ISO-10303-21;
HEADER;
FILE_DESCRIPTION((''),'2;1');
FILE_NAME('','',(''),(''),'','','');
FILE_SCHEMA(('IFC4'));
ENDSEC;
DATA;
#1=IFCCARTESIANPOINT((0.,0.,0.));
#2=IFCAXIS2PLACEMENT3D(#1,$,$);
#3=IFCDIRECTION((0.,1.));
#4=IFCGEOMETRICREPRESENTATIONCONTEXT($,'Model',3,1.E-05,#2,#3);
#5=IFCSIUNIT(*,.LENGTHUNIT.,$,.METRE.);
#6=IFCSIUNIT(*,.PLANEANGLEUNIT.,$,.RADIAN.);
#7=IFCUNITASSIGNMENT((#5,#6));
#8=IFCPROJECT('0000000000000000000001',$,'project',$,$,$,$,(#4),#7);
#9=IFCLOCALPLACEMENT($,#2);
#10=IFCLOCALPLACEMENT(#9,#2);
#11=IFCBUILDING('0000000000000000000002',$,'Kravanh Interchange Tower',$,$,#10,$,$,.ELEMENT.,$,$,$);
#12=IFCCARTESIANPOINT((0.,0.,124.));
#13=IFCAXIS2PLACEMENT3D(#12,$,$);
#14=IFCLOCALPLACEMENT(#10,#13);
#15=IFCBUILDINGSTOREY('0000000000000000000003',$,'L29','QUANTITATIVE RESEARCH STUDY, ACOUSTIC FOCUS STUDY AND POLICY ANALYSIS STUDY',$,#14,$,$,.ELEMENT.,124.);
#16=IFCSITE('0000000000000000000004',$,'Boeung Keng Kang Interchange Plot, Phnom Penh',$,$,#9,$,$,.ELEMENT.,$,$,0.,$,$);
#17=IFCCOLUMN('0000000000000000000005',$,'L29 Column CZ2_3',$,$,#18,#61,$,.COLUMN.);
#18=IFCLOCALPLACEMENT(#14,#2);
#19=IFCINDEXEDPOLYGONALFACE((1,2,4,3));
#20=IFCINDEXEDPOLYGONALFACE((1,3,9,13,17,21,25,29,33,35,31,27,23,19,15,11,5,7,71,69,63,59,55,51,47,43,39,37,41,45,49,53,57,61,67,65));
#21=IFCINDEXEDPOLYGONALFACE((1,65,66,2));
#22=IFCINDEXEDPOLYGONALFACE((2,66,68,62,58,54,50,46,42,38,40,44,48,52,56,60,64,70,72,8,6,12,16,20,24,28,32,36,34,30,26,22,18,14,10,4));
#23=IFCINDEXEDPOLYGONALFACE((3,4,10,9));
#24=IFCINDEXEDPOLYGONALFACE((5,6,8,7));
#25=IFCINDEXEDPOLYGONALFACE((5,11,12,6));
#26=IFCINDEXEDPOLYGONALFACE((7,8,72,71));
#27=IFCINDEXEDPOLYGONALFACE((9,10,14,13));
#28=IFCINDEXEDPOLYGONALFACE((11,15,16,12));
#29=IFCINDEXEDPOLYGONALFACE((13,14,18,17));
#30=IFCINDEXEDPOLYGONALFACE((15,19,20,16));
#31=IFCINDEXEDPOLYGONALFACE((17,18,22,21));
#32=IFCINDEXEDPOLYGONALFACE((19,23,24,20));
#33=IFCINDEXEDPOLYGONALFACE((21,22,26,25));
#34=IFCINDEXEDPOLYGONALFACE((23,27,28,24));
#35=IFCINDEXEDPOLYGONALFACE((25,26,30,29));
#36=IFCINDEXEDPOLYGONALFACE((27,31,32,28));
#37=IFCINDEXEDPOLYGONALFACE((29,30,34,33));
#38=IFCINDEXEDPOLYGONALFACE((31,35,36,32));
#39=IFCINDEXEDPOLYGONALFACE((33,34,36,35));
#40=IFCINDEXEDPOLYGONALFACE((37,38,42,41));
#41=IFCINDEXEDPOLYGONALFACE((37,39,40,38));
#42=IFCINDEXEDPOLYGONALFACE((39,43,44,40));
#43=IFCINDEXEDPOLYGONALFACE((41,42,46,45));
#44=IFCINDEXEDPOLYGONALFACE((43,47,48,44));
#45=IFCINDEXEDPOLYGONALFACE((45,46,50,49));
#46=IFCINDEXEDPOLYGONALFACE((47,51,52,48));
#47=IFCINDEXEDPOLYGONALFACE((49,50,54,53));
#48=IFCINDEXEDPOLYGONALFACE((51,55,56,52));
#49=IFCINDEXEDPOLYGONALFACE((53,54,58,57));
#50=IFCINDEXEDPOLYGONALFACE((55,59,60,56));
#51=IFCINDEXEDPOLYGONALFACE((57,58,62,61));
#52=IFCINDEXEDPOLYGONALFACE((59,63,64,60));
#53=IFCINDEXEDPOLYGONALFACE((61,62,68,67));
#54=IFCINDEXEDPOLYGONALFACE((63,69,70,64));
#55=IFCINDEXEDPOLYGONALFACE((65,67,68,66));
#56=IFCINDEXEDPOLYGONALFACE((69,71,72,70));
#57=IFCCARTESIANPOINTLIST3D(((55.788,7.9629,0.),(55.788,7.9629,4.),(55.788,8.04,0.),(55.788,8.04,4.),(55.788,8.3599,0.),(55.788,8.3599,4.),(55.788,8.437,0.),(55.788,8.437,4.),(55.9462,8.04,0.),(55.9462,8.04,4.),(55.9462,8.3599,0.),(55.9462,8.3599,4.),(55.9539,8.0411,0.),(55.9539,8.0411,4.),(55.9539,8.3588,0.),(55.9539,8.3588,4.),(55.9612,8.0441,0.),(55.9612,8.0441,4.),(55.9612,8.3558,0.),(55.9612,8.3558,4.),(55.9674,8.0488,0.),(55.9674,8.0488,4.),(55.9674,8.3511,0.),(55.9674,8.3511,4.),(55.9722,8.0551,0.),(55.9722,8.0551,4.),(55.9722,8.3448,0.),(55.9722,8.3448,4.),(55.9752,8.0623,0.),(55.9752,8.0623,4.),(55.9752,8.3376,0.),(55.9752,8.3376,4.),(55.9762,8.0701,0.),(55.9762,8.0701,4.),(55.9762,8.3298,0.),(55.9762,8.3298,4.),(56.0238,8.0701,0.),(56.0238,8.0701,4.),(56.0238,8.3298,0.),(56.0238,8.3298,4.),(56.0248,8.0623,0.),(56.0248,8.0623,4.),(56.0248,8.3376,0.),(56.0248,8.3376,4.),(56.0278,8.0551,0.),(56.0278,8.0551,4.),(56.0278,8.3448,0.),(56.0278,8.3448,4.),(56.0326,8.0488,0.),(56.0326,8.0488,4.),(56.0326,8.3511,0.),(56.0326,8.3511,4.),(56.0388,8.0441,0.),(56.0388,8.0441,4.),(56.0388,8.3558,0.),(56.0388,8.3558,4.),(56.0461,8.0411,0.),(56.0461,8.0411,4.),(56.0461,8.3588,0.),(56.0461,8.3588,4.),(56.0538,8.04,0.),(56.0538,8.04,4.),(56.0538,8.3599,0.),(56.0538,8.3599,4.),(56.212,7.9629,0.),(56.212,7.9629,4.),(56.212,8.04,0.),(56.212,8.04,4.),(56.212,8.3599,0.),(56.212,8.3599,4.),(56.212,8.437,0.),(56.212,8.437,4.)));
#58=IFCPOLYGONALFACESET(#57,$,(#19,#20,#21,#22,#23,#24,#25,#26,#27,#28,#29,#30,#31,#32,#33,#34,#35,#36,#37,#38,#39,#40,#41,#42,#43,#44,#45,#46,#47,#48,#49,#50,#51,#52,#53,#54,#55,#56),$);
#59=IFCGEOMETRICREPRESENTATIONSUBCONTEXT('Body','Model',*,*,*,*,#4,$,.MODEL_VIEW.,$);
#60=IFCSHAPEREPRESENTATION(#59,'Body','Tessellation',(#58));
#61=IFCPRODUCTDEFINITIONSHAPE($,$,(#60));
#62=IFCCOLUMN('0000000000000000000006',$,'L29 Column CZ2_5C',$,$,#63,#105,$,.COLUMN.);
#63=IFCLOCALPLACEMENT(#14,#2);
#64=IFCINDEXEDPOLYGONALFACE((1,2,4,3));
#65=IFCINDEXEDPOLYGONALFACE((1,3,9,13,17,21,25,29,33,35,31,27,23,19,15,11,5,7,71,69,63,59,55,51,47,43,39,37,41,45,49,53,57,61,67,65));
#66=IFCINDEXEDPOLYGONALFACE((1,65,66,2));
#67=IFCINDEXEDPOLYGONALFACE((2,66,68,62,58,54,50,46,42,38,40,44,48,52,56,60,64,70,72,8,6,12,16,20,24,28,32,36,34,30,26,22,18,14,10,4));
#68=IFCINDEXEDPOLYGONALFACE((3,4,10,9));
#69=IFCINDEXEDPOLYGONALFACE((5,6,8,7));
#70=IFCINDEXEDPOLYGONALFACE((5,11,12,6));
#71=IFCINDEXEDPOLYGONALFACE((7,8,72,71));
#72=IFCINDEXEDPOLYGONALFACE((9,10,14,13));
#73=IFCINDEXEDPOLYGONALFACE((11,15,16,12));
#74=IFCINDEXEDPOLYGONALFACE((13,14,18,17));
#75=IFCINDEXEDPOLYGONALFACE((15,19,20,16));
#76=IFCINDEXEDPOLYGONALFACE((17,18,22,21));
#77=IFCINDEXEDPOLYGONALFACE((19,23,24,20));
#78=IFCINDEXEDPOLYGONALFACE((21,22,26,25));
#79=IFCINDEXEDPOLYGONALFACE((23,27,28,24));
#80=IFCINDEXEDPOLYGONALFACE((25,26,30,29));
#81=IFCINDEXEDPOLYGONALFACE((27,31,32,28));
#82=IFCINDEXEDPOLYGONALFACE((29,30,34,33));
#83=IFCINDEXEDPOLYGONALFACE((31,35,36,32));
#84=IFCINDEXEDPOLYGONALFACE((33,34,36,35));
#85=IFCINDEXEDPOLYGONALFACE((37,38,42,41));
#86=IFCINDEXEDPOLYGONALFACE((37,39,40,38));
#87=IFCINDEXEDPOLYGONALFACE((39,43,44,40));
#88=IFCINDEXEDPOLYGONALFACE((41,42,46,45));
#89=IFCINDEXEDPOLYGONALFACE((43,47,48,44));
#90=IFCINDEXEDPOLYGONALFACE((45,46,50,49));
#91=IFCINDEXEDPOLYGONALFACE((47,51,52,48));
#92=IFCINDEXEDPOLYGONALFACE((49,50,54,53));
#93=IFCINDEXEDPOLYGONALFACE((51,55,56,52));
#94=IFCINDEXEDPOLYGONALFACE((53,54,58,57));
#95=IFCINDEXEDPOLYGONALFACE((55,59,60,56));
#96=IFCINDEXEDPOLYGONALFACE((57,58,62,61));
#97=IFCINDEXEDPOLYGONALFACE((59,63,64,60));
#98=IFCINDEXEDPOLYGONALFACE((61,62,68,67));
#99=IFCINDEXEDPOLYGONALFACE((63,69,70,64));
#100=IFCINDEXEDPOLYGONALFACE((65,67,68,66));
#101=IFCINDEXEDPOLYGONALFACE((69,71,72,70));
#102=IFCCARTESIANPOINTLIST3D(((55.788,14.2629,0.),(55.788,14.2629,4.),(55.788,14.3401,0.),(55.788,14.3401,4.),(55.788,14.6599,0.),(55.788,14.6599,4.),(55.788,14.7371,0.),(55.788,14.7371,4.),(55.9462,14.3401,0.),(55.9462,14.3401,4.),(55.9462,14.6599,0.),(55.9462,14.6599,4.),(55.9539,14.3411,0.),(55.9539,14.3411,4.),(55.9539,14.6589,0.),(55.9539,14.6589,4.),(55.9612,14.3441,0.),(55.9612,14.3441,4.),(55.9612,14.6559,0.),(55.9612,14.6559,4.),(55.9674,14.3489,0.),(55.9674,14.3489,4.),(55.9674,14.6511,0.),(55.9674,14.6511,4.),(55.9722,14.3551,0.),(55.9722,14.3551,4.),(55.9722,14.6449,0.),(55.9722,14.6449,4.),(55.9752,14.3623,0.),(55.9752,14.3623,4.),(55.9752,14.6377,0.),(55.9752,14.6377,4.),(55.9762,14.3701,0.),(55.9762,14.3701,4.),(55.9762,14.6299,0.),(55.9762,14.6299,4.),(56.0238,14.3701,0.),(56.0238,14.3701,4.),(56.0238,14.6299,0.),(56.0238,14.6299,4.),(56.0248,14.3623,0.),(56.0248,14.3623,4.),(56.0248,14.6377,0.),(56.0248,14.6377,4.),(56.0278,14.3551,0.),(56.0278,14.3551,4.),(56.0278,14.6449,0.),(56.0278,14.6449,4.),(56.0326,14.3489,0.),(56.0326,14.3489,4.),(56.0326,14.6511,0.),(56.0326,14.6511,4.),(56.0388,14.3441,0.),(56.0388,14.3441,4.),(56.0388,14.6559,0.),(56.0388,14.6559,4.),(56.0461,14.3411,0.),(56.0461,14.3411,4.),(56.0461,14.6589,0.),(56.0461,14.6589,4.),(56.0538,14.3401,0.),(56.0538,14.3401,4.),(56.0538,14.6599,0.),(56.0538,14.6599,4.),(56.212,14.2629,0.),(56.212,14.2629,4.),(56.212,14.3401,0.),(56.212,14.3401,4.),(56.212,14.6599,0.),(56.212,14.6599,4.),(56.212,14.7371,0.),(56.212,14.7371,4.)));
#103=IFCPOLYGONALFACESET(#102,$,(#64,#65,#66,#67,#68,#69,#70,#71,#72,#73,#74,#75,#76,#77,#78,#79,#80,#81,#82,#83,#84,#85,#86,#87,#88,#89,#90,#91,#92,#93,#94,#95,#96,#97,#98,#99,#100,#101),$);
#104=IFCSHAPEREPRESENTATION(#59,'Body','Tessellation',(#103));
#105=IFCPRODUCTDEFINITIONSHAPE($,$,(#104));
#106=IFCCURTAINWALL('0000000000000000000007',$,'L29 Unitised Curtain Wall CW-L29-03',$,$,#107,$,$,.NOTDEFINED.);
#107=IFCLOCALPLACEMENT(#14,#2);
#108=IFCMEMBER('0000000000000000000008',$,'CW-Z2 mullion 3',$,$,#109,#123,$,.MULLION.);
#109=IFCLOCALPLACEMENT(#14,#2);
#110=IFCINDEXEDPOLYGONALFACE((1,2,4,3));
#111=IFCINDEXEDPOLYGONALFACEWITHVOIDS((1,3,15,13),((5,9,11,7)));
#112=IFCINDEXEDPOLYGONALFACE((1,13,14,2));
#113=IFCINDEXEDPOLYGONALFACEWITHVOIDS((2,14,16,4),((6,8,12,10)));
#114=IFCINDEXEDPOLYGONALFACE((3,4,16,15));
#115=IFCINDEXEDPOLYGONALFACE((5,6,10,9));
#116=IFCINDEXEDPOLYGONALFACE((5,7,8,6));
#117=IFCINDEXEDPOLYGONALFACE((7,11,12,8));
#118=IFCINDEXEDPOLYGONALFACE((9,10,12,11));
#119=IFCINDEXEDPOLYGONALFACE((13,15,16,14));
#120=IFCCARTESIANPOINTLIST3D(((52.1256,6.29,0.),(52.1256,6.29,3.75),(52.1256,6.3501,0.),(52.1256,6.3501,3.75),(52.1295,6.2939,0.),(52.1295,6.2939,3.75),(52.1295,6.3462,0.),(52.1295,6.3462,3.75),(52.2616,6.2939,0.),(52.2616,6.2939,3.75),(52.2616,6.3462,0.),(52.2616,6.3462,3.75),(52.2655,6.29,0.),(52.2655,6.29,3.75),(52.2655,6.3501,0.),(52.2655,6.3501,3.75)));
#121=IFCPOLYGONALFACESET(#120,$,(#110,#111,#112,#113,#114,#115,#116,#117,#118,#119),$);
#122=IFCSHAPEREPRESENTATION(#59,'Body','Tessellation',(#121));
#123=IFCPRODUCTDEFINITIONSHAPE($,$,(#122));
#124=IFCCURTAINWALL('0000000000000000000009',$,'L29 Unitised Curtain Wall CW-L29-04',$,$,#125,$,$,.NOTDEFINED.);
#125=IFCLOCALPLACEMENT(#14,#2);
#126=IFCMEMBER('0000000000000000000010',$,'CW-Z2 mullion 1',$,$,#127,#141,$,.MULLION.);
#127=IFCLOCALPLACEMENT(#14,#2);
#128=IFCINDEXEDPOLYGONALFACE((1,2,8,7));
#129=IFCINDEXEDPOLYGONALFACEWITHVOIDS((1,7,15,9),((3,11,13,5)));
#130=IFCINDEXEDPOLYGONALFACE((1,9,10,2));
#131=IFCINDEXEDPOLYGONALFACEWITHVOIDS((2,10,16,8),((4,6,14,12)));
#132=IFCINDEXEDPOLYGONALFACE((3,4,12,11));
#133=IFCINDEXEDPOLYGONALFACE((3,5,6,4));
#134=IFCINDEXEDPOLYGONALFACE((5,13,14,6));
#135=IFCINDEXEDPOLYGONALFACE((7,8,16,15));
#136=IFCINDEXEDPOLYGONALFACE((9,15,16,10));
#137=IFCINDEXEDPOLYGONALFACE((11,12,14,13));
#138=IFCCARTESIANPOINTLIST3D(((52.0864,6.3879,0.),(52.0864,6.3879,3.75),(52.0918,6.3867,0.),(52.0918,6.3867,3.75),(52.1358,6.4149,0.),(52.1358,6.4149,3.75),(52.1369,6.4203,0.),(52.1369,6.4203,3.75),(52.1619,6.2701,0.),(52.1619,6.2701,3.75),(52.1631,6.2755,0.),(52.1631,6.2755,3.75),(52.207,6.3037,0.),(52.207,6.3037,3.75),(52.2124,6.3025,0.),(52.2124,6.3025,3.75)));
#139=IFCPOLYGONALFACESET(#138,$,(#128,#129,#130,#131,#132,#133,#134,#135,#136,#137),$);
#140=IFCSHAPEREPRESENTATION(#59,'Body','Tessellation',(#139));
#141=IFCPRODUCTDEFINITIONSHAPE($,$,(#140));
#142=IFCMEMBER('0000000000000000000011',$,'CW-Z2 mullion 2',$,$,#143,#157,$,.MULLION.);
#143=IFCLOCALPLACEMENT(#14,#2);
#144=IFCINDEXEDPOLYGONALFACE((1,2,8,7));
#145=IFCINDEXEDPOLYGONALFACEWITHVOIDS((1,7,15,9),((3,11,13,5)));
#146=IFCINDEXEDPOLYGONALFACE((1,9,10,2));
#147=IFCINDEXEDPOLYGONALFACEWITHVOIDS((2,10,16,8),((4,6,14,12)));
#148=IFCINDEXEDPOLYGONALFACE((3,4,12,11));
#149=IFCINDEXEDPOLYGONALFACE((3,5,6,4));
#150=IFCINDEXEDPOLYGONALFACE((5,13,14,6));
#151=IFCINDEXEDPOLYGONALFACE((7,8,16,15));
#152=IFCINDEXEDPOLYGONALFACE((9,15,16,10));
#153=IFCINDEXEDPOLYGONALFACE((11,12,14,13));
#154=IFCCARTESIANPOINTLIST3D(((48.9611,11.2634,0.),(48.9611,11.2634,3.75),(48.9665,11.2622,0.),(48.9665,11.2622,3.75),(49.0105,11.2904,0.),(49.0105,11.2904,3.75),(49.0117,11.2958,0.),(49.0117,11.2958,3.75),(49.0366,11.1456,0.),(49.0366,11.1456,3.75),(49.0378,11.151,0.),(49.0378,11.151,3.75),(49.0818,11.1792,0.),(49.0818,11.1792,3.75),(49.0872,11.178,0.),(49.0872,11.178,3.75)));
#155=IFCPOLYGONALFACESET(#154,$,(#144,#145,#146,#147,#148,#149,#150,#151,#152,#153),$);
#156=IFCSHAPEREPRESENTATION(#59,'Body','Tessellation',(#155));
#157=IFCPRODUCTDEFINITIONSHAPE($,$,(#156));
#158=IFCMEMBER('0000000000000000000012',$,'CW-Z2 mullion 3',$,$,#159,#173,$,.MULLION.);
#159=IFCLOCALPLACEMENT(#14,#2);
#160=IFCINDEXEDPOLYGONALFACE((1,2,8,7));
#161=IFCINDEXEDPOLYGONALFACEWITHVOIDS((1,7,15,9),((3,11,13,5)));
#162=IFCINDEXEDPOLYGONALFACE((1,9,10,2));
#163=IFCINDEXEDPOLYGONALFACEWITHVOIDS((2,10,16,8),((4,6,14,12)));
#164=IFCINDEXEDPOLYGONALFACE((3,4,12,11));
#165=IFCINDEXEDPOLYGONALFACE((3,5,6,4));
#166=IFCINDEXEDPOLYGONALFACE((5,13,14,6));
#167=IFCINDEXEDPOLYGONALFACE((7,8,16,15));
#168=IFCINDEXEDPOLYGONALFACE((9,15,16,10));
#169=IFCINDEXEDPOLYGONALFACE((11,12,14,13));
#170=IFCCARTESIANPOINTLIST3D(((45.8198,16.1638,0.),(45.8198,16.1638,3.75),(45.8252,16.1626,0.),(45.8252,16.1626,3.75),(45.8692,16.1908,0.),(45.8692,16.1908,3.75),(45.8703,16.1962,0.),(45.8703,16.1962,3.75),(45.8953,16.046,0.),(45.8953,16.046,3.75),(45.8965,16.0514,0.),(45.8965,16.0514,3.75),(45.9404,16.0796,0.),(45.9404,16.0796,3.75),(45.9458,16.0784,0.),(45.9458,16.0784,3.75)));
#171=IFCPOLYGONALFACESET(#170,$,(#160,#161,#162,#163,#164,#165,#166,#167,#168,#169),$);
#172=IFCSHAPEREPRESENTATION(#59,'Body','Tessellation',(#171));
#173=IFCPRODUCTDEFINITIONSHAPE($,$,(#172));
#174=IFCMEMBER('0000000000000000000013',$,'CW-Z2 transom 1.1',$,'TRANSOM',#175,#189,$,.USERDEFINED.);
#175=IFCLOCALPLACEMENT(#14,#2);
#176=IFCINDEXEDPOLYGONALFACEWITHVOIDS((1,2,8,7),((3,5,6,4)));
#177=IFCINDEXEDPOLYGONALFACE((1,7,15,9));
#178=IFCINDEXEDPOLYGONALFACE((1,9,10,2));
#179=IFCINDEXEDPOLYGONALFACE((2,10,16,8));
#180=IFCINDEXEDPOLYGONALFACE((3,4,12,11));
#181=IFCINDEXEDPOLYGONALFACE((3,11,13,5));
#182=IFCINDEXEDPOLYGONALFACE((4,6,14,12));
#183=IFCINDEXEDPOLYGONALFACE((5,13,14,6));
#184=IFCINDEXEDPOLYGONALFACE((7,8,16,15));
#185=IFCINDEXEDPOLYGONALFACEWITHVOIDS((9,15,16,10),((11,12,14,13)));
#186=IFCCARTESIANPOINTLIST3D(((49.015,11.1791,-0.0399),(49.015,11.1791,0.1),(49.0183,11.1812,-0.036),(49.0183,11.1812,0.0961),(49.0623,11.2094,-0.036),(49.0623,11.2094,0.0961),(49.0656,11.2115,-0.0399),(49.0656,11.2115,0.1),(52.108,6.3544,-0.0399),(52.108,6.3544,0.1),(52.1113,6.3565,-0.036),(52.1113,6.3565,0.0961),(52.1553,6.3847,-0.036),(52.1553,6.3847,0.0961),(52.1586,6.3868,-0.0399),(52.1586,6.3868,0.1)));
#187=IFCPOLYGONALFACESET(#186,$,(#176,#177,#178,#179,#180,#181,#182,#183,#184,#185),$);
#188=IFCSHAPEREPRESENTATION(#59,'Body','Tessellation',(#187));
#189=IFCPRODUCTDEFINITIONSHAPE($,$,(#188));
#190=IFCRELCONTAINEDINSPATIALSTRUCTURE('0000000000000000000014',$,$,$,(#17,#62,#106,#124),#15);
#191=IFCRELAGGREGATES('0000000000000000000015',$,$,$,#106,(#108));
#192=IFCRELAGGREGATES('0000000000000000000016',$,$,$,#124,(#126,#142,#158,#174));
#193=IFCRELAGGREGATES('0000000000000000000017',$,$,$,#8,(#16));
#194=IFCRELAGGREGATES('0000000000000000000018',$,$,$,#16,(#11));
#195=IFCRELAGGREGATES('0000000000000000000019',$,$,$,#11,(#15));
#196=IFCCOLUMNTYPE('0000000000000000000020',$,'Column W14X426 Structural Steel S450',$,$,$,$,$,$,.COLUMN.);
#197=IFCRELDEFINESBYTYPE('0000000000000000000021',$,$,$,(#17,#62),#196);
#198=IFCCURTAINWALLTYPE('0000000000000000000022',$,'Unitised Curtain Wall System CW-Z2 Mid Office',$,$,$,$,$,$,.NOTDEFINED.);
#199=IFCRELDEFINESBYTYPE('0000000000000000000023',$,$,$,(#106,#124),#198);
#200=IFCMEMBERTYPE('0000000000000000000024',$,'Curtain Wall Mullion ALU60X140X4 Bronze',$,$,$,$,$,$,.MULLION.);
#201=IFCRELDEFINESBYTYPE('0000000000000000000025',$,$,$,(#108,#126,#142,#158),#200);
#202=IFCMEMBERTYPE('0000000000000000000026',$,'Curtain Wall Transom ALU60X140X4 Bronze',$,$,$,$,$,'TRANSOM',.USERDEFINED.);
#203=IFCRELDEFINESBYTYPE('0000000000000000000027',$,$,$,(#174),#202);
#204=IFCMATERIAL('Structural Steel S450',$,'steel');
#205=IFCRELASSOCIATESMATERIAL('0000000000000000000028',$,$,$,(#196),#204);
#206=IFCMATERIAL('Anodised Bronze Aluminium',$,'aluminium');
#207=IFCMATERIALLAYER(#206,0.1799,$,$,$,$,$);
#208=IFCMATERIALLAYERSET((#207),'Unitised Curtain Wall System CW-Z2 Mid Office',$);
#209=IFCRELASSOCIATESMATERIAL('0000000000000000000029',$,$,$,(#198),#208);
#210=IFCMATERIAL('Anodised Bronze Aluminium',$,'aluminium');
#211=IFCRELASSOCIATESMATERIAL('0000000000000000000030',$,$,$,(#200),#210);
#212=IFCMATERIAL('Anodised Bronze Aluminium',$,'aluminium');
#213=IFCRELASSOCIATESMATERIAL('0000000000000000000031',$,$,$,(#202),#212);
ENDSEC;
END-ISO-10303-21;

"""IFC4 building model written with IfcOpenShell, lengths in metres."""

from ifc_helpers import new_model, si_unit, direction, frame, origin, origin_2d, place, context, subcontext, project, spatial, hollow_rectangle, i_section, extrude, material, layer, layer_set, material_profile, profile_set, type_object, element, aggregate, save


model = new_model("IFC4")

# Units and contexts
model_context = context("Model", 3, precision=1e-05, world=origin(), true_north=direction((0.0, 1.0)))
body_context = subcontext(model_context, "Body", "Model", "MODEL_VIEW")
ifc_project = project(units=[si_unit("LENGTHUNIT", "METRE"), si_unit("PLANEANGLEUNIT", "RADIAN")], contexts=[model_context])

# Site, building, storey
site_placement = place(None, origin())
site = spatial("IfcSite", under=ifc_project, at=site_placement, Name="Boeung Keng Kang Interchange Plot, Phnom Penh", CompositionType="ELEMENT", RefElevation=0.0)
building_placement = place(site_placement, origin())
building = spatial("IfcBuilding", under=site, at=building_placement, Name="Kravanh Interchange Tower", CompositionType="ELEMENT")
storey_placement = place(building_placement, frame((0.0, 0.0, 124.0)))
storey = spatial("IfcBuildingStorey", under=building, at=storey_placement, Name="L29", Description="QUANTITATIVE RESEARCH STUDY, ACOUSTIC FOCUS STUDY AND POLICY ANALYSIS STUDY", CompositionType="ELEMENT", Elevation=124.0)

# Columns
ifc_material_1 = material(Name="Structural Steel S450", Category="steel")
ifc_material_profile_1 = material_profile(ifc_material_1, i_section(OverallWidth=0.4241, OverallDepth=0.4741, WebThickness=0.0476, FlangeThickness=0.0771, FilletRadius=0.03, at=origin_2d()), Name="W14X426")
ifc_profile_set_1 = profile_set([ifc_material_profile_1], Name="Structural Steel S450")
column_type = type_object("IfcColumnType", Name="Column W14X426 Structural Steel S450", PredefinedType="COLUMN", material=ifc_profile_set_1)
for number, where, z_axis, x_axis, name in (
    (1, (56.0, 8.2, 0.0), (0.0, 0.0, 1.0), (1.0, 0.0, 0.0), "L29 Column CZ2_3"),
    (2, (56.0, 14.5, 0.0), (0.0, 0.0, 1.0), (1.0, 0.0, 0.0), "L29 Column CZ2_5C"),
):
    element("IfcColumn", number, at=place(storey_placement, frame(where, z_axis=z_axis, x_axis=x_axis)), inside=storey, type_object=column_type, Name=name, PredefinedType="COLUMN", context=body_context, shape_type="SweptSolid", body=[
        extrude(i_section(OverallWidth=0.4241, OverallDepth=0.4741, WebThickness=0.0476, FlangeThickness=0.0771, FilletRadius=0.03, at=origin_2d()), origin(), (0.0, 0.0, 1.0), 4.0),
    ])

# Curtain wall, member
ifc_material_2 = material(Name="Anodised Bronze Aluminium", Category="aluminium")
ifc_layer_1 = layer(ifc_material_2, 0.1799)
ifc_layer_set_1 = layer_set([ifc_layer_1], Name="Unitised Curtain Wall System CW-Z2 Mid Office")
curtain_wall_type = type_object("IfcCurtainWallType", Name="Unitised Curtain Wall System CW-Z2 Mid Office", PredefinedType="NOTDEFINED", material=ifc_layer_set_1)
curtain_wall_1_placement = place(storey_placement, origin())
curtain_wall_1 = element("IfcCurtainWall", 3, at=curtain_wall_1_placement, inside=storey, type_object=curtain_wall_type, Name="L29 Unitised Curtain Wall CW-L29-03", PredefinedType="NOTDEFINED")
ifc_material_3 = material(Name="Anodised Bronze Aluminium", Category="aluminium")
ifc_material_profile_2 = material_profile(ifc_material_3, hollow_rectangle(XDim=0.0601, YDim=0.1399, WallThickness=0.0039, at=origin_2d()), Name="ALU60X140X4")
ifc_profile_set_2 = profile_set([ifc_material_profile_2], Name="Anodised Bronze Aluminium")
member_type_1 = type_object("IfcMemberType", Name="Curtain Wall Mullion ALU60X140X4 Bronze", PredefinedType="MULLION", material=ifc_profile_set_2)
member_1_placement = place(storey_placement, frame((52.1956, 6.3201, 0.0), z_axis=(0.0, 0.0, 1.0), x_axis=(0.0, -1.0, 0.0)))
member_1 = element("IfcMember", 4, at=member_1_placement, type_object=member_type_1, Name="CW-Z2 mullion 3", PredefinedType="MULLION", context=body_context, shape_type="SweptSolid", body=[
    extrude(hollow_rectangle(XDim=0.0601, YDim=0.1399, WallThickness=0.0039, at=origin_2d()), origin(), (0.0, 0.0, 1.0), 3.75),
])

# Curtain wall, members
curtain_wall_2_placement = place(storey_placement, origin())
curtain_wall_2 = element("IfcCurtainWall", 5, at=curtain_wall_2_placement, inside=storey, type_object=curtain_wall_type, Name="L29 Unitised Curtain Wall CW-L29-04", PredefinedType="NOTDEFINED")
member_2_placement = place(storey_placement, frame((52.1494, 6.3452, 0.0), z_axis=(0.0, 0.0, 1.0), x_axis=(-0.84188, -0.539665, 0.0)))
member_2 = element("IfcMember", 6, at=member_2_placement, type_object=member_type_1, Name="CW-Z2 mullion 1", PredefinedType="MULLION", context=body_context, shape_type="SweptSolid", body=[
    extrude(hollow_rectangle(XDim=0.0601, YDim=0.1399, WallThickness=0.0039, at=origin_2d()), origin(), (0.0, 0.0, 1.0), 3.75),
])
member_3_placement = place(storey_placement, frame((49.0242, 11.2207, 0.0), z_axis=(0.0, 0.0, 1.0), x_axis=(-0.84188, -0.539665, 0.0)))
member_3 = element("IfcMember", 7, at=member_3_placement, type_object=member_type_1, Name="CW-Z2 mullion 2", PredefinedType="MULLION", context=body_context, shape_type="SweptSolid", body=[
    extrude(hollow_rectangle(XDim=0.0601, YDim=0.1399, WallThickness=0.0039, at=origin_2d()), origin(), (0.0, 0.0, 1.0), 3.75),
])
member_4_placement = place(storey_placement, frame((45.8828, 16.1211, 0.0), z_axis=(0.0, 0.0, 1.0), x_axis=(-0.84188, -0.539665, 0.0)))
member_4 = element("IfcMember", 8, at=member_4_placement, type_object=member_type_1, Name="CW-Z2 mullion 3", PredefinedType="MULLION", context=body_context, shape_type="SweptSolid", body=[
    extrude(hollow_rectangle(XDim=0.0601, YDim=0.1399, WallThickness=0.0039, at=origin_2d()), origin(), (0.0, 0.0, 1.0), 3.75),
])
ifc_material_4 = material(Name="Anodised Bronze Aluminium", Category="aluminium")
ifc_material_profile_3 = material_profile(ifc_material_4, hollow_rectangle(XDim=0.0601, YDim=0.1399, WallThickness=0.0039, at=origin_2d()), Name="ALU60X140X4")
ifc_profile_set_3 = profile_set([ifc_material_profile_3], Name="Anodised Bronze Aluminium")
member_type_2 = type_object("IfcMemberType", Name="Curtain Wall Transom ALU60X140X4 Bronze", ElementType="TRANSOM", PredefinedType="USERDEFINED", material=ifc_profile_set_3)
member_5_placement = place(storey_placement, frame((52.1333, 6.3706, 0.03), z_axis=(-0.539698, 0.841859, 0.0), x_axis=(-0.841859, -0.539698, 0.0)))
member_5 = element("IfcMember", 9, at=member_5_placement, type_object=member_type_2, Name="CW-Z2 transom 1.1", ObjectType="TRANSOM", PredefinedType="USERDEFINED", context=body_context, shape_type="SweptSolid", body=[
    extrude(hollow_rectangle(XDim=0.0601, YDim=0.1399, WallThickness=0.0039, at=origin_2d()), origin(), (0.0, 0.0, 1.0), 5.731),
])

aggregate(curtain_wall_1, [member_1])
aggregate(curtain_wall_2, [member_2, member_3, member_4, member_5])

save(model, "model.ifc")
